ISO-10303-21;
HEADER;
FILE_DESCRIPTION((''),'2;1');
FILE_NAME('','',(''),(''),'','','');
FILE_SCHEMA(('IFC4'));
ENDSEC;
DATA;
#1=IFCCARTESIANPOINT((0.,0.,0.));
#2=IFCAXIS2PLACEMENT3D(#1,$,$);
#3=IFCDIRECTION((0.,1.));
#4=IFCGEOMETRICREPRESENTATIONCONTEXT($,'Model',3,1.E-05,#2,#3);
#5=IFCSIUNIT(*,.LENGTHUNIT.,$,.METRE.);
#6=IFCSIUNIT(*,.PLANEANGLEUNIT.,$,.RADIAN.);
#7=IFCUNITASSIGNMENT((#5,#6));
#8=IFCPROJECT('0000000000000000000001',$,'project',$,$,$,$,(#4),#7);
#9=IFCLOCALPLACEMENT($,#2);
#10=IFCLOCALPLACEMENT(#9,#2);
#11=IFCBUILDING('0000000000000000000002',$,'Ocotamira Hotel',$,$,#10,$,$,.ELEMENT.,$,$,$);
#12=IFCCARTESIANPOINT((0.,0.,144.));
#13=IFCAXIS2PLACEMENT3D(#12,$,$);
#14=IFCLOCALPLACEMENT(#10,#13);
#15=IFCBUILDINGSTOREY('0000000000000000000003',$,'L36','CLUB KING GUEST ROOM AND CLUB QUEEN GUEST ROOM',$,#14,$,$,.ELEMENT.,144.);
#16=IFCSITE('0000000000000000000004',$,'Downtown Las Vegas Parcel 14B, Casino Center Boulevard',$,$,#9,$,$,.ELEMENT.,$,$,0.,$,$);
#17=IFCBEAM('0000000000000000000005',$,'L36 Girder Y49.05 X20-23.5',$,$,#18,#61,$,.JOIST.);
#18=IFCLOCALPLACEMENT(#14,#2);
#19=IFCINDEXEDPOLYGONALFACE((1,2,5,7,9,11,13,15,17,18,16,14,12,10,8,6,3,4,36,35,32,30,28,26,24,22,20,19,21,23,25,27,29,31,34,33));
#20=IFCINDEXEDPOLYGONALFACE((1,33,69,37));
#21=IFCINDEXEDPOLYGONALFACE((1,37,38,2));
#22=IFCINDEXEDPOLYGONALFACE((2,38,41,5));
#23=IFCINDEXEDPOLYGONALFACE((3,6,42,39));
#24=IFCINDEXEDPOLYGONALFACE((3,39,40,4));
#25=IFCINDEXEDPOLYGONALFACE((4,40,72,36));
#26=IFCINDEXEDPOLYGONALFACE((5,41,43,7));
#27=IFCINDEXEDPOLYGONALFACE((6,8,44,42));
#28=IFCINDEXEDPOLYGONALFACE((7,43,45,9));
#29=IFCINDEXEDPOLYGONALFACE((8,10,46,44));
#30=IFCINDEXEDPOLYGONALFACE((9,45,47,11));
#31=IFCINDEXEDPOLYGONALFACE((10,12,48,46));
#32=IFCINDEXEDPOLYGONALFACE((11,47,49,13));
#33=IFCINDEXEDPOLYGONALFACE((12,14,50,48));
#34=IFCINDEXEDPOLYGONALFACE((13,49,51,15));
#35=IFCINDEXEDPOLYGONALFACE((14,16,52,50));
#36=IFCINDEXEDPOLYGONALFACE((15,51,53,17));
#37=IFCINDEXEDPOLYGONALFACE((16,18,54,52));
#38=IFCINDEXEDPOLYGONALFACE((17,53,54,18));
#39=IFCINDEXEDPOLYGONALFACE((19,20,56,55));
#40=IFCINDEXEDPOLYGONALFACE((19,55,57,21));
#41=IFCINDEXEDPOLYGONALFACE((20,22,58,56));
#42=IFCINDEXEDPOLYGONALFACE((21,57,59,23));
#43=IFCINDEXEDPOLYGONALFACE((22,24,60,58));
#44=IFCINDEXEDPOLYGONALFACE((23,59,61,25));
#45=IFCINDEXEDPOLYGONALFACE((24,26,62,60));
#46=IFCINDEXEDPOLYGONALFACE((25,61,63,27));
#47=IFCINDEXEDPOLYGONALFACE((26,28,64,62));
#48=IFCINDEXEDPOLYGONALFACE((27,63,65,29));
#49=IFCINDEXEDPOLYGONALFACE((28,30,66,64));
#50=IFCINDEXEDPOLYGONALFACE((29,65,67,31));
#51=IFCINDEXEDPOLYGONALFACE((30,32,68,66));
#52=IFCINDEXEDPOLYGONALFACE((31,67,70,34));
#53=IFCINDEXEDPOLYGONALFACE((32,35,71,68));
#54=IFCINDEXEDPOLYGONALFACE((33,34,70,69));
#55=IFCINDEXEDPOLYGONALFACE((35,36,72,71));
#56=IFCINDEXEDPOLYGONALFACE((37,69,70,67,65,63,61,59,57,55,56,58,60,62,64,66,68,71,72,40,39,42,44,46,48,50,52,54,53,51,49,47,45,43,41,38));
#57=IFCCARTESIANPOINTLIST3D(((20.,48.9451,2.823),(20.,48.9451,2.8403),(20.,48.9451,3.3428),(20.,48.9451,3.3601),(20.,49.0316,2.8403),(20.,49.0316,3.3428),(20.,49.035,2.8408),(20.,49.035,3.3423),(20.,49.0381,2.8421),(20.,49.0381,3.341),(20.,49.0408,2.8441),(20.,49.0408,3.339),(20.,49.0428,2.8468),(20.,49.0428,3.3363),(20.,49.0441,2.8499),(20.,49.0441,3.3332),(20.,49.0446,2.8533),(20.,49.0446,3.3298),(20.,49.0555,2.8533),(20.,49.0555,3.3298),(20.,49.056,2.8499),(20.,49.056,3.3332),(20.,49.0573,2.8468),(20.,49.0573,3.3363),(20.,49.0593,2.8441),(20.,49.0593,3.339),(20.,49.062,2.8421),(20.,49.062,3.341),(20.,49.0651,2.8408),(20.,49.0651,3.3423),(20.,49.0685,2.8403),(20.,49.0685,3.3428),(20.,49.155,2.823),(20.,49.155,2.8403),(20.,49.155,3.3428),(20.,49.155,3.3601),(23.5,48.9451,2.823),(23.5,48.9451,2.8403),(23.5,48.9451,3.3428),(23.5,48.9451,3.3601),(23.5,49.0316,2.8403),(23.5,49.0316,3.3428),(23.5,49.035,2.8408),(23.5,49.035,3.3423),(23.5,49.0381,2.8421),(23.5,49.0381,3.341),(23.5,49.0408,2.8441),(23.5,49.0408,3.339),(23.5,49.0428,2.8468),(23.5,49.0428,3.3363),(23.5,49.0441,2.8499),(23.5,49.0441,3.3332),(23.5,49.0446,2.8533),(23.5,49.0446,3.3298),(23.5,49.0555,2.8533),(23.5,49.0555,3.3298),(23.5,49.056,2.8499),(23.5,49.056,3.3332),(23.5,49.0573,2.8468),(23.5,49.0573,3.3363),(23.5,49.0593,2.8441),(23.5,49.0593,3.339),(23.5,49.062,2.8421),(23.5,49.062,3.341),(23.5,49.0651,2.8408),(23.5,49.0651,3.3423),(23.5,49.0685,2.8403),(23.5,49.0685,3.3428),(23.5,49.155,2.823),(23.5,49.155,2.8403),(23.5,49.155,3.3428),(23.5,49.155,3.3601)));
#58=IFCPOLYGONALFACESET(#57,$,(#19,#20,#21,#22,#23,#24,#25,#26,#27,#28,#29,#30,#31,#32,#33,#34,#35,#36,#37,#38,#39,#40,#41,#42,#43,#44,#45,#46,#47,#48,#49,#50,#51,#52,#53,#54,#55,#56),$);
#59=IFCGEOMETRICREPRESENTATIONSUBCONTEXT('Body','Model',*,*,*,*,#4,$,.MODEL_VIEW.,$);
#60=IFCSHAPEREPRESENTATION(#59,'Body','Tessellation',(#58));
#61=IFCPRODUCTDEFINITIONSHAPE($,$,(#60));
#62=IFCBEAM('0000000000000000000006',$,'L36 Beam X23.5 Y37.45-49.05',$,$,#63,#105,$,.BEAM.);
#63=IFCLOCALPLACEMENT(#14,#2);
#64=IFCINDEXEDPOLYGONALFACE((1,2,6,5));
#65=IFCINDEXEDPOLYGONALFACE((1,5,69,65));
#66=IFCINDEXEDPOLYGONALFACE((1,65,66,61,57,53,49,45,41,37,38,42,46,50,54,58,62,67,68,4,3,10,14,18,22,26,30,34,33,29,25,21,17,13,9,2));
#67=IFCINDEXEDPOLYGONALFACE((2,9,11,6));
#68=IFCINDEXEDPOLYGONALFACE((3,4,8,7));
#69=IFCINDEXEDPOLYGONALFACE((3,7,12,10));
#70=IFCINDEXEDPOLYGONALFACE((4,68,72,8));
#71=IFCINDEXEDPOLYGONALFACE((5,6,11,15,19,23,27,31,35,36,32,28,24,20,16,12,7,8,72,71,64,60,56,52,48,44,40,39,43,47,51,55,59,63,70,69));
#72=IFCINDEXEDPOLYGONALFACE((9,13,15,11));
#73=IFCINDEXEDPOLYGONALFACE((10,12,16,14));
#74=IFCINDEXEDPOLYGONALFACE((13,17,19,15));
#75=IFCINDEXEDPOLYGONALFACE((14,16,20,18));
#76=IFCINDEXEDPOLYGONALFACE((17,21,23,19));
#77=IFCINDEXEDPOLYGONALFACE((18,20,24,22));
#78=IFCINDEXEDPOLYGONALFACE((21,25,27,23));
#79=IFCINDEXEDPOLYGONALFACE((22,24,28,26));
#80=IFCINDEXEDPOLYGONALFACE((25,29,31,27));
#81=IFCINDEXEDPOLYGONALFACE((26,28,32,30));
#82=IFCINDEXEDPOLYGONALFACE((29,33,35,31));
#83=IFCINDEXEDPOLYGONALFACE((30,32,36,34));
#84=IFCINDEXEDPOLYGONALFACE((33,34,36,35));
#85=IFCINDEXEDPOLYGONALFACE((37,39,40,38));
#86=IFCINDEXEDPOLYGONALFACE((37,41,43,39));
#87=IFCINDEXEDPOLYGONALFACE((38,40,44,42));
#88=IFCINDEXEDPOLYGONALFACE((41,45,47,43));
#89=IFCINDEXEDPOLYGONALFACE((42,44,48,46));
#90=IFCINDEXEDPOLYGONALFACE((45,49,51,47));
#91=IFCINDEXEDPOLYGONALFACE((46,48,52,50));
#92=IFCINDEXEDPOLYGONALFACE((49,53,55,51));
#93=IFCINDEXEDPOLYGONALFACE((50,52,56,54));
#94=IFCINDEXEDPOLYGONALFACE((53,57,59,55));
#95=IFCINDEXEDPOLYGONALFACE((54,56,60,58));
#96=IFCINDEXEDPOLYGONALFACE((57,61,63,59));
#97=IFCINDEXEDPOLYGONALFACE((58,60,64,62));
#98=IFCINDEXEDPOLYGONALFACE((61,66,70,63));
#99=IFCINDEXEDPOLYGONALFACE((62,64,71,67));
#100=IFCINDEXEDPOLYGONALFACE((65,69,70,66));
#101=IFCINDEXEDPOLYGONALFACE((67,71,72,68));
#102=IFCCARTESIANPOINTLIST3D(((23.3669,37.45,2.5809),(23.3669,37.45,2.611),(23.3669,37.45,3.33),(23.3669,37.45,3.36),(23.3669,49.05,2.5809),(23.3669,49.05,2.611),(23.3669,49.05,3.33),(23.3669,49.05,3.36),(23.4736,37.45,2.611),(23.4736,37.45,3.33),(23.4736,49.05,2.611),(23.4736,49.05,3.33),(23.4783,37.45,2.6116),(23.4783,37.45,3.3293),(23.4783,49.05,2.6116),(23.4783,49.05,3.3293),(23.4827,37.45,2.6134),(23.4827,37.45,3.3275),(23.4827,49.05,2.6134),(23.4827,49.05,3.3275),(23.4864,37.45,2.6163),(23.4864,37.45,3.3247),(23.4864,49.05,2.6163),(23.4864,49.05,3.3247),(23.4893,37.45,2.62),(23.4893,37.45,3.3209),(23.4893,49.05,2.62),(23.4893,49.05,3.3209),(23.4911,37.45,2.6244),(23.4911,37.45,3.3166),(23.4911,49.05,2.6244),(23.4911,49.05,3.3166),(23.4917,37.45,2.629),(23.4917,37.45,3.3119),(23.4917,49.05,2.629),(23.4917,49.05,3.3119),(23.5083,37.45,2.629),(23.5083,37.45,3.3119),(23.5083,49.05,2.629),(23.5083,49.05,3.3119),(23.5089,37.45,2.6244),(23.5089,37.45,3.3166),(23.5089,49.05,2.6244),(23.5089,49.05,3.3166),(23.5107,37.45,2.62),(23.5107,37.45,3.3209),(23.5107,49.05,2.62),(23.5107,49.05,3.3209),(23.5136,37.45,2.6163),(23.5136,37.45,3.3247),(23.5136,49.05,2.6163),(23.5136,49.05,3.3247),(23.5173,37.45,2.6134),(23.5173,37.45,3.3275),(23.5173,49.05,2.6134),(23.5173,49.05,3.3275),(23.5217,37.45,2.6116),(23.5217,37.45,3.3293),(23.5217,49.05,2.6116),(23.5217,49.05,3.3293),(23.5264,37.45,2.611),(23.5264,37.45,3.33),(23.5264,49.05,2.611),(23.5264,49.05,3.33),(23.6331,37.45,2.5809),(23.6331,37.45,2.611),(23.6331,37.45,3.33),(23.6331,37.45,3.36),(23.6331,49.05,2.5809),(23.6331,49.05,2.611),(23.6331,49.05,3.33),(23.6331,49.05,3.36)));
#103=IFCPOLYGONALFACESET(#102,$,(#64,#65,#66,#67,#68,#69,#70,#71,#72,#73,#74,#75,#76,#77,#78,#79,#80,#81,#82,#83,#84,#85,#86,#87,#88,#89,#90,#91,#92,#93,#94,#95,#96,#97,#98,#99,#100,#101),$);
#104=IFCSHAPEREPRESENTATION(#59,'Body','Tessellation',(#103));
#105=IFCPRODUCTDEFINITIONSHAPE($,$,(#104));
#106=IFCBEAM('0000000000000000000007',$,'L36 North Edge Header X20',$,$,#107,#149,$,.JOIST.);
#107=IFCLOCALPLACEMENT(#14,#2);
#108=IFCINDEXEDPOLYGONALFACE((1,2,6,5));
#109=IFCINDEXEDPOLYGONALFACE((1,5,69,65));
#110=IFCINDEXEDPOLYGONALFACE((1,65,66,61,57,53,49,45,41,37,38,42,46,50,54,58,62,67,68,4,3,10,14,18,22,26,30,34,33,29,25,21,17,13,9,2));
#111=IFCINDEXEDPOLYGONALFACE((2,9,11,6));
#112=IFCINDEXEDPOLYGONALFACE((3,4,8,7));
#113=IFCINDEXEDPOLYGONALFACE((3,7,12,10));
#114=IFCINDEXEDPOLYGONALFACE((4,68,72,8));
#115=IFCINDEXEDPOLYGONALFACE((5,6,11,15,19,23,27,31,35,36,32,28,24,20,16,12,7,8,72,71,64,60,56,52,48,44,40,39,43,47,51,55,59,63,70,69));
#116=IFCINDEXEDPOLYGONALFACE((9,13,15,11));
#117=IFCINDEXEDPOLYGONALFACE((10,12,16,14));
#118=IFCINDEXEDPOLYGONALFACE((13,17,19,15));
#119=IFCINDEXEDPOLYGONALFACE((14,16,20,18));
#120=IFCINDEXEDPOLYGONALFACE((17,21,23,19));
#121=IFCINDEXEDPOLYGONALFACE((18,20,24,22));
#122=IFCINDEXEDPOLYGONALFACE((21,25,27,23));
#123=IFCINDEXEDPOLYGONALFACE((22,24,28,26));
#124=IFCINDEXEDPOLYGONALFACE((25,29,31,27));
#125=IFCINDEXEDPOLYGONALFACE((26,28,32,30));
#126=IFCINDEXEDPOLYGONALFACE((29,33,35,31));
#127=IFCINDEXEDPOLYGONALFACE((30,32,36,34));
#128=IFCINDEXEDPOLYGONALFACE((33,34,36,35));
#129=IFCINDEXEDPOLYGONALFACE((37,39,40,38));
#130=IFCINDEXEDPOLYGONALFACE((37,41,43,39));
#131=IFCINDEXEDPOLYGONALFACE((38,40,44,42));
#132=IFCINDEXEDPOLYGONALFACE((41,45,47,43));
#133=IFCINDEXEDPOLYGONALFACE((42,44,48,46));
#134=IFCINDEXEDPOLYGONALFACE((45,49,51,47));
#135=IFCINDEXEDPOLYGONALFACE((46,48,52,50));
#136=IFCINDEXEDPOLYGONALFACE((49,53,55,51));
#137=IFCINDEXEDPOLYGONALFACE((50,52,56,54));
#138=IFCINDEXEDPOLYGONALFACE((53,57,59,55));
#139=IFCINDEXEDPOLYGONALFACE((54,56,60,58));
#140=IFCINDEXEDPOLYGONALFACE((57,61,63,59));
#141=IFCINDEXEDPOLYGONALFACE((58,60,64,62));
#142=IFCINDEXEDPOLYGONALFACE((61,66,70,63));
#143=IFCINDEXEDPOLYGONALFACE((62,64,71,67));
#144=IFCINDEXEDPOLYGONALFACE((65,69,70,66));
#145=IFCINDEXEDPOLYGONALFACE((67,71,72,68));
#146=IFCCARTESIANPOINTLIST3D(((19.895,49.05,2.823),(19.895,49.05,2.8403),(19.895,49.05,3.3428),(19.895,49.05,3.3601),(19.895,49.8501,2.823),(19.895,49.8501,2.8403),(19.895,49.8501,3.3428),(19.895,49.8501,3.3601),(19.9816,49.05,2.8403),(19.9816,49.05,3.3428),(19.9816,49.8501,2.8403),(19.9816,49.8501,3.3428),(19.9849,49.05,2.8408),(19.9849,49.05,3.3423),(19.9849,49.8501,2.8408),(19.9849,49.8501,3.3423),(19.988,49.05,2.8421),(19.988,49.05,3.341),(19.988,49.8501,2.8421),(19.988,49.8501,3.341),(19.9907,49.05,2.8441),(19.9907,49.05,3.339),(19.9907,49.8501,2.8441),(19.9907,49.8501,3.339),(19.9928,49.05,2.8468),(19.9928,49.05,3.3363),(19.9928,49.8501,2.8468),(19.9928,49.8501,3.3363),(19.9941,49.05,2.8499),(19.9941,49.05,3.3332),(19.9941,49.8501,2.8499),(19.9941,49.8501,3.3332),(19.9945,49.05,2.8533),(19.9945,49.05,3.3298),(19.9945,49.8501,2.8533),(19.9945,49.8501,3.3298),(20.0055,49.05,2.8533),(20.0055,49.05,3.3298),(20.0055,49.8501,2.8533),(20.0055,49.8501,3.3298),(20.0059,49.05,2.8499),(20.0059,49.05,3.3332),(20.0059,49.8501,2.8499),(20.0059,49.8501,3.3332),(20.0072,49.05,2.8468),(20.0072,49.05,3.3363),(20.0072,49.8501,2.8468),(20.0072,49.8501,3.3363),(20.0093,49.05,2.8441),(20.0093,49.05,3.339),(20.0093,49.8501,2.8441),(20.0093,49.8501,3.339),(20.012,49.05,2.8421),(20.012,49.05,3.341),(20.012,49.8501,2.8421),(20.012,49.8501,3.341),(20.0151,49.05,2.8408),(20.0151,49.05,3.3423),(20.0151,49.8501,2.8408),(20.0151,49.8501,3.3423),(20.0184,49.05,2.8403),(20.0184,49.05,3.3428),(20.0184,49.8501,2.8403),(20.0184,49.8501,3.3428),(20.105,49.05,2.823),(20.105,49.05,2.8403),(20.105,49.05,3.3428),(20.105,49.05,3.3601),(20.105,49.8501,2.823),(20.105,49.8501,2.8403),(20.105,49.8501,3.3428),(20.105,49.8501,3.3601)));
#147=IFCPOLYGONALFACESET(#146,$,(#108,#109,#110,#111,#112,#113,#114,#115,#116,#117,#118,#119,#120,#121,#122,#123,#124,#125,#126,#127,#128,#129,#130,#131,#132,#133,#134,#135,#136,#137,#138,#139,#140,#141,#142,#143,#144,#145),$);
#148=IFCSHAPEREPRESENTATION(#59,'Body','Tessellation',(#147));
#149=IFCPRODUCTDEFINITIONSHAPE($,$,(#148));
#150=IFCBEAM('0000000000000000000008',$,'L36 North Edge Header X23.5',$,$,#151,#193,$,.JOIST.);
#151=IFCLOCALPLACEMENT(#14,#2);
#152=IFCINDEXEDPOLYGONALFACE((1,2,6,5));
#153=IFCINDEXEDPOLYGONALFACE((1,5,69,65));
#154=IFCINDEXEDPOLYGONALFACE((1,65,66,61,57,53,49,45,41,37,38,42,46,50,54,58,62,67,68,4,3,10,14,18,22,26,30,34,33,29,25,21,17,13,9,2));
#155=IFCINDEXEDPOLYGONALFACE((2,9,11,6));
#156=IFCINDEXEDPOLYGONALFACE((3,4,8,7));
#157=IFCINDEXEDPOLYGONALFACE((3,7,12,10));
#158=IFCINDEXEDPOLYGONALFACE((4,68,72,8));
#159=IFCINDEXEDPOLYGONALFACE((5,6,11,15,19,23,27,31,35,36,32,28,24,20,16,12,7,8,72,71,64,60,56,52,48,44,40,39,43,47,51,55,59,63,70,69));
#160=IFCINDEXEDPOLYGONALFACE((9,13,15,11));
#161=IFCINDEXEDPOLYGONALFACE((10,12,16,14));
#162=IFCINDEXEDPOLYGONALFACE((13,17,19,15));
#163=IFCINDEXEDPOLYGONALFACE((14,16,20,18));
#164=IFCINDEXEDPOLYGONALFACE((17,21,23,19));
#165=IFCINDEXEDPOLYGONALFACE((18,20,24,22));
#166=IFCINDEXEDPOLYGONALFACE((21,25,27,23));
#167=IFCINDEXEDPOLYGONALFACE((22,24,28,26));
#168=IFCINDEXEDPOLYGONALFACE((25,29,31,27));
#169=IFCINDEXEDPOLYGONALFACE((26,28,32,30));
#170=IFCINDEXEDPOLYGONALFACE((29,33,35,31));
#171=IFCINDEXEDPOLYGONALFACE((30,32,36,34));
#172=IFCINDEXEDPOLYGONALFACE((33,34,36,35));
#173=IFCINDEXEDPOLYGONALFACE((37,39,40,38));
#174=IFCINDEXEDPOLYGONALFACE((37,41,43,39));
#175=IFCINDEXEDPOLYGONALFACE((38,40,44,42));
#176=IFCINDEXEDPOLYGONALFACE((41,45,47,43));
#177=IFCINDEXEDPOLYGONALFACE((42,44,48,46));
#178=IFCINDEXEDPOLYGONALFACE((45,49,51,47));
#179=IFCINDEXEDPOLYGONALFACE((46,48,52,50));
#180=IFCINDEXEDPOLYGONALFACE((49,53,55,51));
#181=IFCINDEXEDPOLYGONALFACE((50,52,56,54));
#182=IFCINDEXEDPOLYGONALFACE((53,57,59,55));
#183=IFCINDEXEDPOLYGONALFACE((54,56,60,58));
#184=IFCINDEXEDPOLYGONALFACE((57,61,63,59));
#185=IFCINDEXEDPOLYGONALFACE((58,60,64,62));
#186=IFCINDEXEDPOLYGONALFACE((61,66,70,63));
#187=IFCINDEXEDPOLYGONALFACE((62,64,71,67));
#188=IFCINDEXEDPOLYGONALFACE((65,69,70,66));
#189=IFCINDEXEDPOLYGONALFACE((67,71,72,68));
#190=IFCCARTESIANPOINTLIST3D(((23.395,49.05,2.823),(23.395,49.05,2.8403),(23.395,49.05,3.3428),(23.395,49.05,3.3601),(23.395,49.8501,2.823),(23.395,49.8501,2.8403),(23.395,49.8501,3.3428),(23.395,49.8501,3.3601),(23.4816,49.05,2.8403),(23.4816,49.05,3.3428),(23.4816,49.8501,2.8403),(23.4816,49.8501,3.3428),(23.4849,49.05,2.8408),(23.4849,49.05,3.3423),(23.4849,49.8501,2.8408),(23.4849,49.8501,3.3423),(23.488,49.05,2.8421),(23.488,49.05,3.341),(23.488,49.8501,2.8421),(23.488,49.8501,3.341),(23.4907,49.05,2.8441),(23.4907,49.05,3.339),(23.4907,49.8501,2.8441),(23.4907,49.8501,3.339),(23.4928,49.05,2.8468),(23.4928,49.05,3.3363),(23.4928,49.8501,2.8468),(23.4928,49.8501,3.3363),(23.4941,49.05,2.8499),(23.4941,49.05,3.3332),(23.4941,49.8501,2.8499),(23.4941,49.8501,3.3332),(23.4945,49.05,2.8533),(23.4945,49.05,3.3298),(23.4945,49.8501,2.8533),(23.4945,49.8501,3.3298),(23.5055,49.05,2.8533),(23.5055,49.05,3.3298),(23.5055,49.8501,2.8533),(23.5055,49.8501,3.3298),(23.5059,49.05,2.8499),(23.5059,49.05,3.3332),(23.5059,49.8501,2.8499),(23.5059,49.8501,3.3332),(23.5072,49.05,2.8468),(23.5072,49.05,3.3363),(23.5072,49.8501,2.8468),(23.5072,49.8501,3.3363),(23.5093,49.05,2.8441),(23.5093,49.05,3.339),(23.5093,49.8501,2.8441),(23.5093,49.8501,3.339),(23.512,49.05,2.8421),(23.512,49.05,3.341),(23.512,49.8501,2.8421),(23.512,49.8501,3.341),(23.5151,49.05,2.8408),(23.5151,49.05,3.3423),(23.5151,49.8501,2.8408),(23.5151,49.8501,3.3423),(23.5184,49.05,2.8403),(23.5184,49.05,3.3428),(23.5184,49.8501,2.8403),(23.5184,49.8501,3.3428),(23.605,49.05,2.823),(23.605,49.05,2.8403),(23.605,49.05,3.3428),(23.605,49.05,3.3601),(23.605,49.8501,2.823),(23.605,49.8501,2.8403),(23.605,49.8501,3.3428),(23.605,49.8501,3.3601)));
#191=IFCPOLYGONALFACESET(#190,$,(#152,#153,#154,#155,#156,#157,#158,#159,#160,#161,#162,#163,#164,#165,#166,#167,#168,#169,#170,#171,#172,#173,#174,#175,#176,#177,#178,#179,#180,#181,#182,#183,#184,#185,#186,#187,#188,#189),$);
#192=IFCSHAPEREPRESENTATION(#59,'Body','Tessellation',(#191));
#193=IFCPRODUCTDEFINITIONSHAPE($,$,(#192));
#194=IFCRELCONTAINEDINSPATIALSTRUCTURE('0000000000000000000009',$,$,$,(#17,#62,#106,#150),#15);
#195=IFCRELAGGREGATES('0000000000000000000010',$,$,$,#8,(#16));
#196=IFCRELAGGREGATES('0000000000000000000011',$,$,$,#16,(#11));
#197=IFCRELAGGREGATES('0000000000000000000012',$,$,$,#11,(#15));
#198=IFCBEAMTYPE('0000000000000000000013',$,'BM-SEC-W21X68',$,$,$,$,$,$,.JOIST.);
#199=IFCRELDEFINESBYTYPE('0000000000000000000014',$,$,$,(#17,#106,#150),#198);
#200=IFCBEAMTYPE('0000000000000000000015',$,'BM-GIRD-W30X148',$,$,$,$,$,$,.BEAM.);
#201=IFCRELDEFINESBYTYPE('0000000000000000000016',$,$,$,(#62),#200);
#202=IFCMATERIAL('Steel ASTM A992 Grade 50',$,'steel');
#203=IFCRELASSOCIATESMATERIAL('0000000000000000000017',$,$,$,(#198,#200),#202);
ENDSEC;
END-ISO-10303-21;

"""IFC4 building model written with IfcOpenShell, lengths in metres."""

from ifc_helpers import new_model, si_unit, direction, frame, origin, origin_2d, place, context, subcontext, project, spatial, i_section, extrude, source, transform, mapped, material, material_profile, profile_set, type_object, element, save


model = new_model("IFC4")

# Units and contexts
model_context = context("Model", 3, precision=1e-05, world=origin(), true_north=direction((0.0, 1.0)))
body_context = subcontext(model_context, "Body", "Model", "MODEL_VIEW")
ifc_project = project(units=[si_unit("LENGTHUNIT", "METRE"), si_unit("PLANEANGLEUNIT", "RADIAN")], contexts=[model_context])

# Site, building, storey
site_placement = place(None, origin())
site = spatial("IfcSite", under=ifc_project, at=site_placement, Name="Downtown Las Vegas Parcel 14B, Casino Center Boulevard", CompositionType="ELEMENT", RefElevation=0.0)
building_placement = place(site_placement, origin())
building = spatial("IfcBuilding", under=site, at=building_placement, Name="Ocotamira Hotel", CompositionType="ELEMENT")
storey_placement = place(building_placement, frame((0.0, 0.0, 144.0)))
storey = spatial("IfcBuildingStorey", under=building, at=storey_placement, Name="L36", Description="CLUB KING GUEST ROOM AND CLUB QUEEN GUEST ROOM", CompositionType="ELEMENT", Elevation=144.0)

# Beams
ifc_material_1 = material(Name="Steel ASTM A992 Grade 50", Category="steel")
ifc_material_profile_1 = material_profile(ifc_material_1, i_section(OverallWidth=0.21, OverallDepth=0.5371, WebThickness=0.011, FlangeThickness=0.0173, FilletRadius=0.0129, at=origin_2d()), Name="W21X68")
ifc_profile_set_1 = profile_set([ifc_material_profile_1], Name="Steel ASTM A992 Grade 50")
beam_type_1 = type_object("IfcBeamType", Name="BM-SEC-W21X68", PredefinedType="JOIST", material=ifc_profile_set_1)
shared_shape_1 = source(origin(), body_context, "Body", "SweptSolid", [
    extrude(i_section(OverallWidth=0.21, OverallDepth=0.5371, WebThickness=0.011, FlangeThickness=0.0173, FilletRadius=0.0129, at=origin_2d()), origin(), (0.0, 0.0, 1.0), 3.5),
])
beam_1_placement = place(storey_placement, frame((20.0, 49.05, 3.0916), z_axis=(1.0, 0.0, 0.0), x_axis=(0.0, 1.0, 0.0)))
element("IfcBeam", 1, at=beam_1_placement, inside=storey, type_object=beam_type_1, Name="L36 Girder Y49.05 X20-23.5", PredefinedType="JOIST", context=body_context, shape_type="MappedRepresentation", body=[
    mapped(shared_shape_1, transform((0.0, 0.0, 0.0), scale=1.0)),
])
ifc_material_profile_2 = material_profile(ifc_material_1, i_section(OverallWidth=0.2661, OverallDepth=0.7791, WebThickness=0.0166, FlangeThickness=0.03, FilletRadius=0.0181, at=origin_2d()), Name="W30X148")
ifc_profile_set_2 = profile_set([ifc_material_profile_2], Name="Steel ASTM A992 Grade 50")
beam_type_2 = type_object("IfcBeamType", Name="BM-GIRD-W30X148", PredefinedType="BEAM", material=ifc_profile_set_2)
shared_shape_2 = source(origin(), body_context, "Body", "SweptSolid", [
    extrude(i_section(OverallWidth=0.2661, OverallDepth=0.7791, WebThickness=0.0166, FlangeThickness=0.03, FilletRadius=0.0181, at=origin_2d()), origin(), (0.0, 0.0, 1.0), 11.6001),
])
beam_2_placement = place(storey_placement, frame((23.5, 37.45, 2.9705), z_axis=(0.0, 1.0, 0.0), x_axis=(-1.0, 0.0, 0.0)))
element("IfcBeam", 2, at=beam_2_placement, inside=storey, type_object=beam_type_2, Name="L36 Beam X23.5 Y37.45-49.05", PredefinedType="BEAM", context=body_context, shape_type="MappedRepresentation", body=[
    mapped(shared_shape_2, transform((0.0, 0.0, 0.0), scale=1.0)),
])
shared_shape_3 = source(origin(), body_context, "Body", "SweptSolid", [
    extrude(i_section(OverallWidth=0.21, OverallDepth=0.5371, WebThickness=0.011, FlangeThickness=0.0173, FilletRadius=0.0129, at=origin_2d()), origin(), (0.0, 0.0, 1.0), 0.8),
])
for number, where, z_axis, x_axis, name in (
    (3, (20.0, 49.05, 3.0916), (0.0, 1.0, 0.0), (-1.0, 0.0, 0.0), "L36 North Edge Header X20"),
    (4, (23.5, 49.05, 3.0916), (0.0, 1.0, 0.0), (-1.0, 0.0, 0.0), "L36 North Edge Header X23.5"),
):
    element("IfcBeam", number, at=place(storey_placement, frame(where, z_axis=z_axis, x_axis=x_axis)), inside=storey, type_object=beam_type_1, Name=name, PredefinedType="JOIST", context=body_context, shape_type="MappedRepresentation", body=[
        mapped(shared_shape_3, transform((0.0, 0.0, 0.0), scale=1.0)),
    ])

save(model, "model.ifc")
